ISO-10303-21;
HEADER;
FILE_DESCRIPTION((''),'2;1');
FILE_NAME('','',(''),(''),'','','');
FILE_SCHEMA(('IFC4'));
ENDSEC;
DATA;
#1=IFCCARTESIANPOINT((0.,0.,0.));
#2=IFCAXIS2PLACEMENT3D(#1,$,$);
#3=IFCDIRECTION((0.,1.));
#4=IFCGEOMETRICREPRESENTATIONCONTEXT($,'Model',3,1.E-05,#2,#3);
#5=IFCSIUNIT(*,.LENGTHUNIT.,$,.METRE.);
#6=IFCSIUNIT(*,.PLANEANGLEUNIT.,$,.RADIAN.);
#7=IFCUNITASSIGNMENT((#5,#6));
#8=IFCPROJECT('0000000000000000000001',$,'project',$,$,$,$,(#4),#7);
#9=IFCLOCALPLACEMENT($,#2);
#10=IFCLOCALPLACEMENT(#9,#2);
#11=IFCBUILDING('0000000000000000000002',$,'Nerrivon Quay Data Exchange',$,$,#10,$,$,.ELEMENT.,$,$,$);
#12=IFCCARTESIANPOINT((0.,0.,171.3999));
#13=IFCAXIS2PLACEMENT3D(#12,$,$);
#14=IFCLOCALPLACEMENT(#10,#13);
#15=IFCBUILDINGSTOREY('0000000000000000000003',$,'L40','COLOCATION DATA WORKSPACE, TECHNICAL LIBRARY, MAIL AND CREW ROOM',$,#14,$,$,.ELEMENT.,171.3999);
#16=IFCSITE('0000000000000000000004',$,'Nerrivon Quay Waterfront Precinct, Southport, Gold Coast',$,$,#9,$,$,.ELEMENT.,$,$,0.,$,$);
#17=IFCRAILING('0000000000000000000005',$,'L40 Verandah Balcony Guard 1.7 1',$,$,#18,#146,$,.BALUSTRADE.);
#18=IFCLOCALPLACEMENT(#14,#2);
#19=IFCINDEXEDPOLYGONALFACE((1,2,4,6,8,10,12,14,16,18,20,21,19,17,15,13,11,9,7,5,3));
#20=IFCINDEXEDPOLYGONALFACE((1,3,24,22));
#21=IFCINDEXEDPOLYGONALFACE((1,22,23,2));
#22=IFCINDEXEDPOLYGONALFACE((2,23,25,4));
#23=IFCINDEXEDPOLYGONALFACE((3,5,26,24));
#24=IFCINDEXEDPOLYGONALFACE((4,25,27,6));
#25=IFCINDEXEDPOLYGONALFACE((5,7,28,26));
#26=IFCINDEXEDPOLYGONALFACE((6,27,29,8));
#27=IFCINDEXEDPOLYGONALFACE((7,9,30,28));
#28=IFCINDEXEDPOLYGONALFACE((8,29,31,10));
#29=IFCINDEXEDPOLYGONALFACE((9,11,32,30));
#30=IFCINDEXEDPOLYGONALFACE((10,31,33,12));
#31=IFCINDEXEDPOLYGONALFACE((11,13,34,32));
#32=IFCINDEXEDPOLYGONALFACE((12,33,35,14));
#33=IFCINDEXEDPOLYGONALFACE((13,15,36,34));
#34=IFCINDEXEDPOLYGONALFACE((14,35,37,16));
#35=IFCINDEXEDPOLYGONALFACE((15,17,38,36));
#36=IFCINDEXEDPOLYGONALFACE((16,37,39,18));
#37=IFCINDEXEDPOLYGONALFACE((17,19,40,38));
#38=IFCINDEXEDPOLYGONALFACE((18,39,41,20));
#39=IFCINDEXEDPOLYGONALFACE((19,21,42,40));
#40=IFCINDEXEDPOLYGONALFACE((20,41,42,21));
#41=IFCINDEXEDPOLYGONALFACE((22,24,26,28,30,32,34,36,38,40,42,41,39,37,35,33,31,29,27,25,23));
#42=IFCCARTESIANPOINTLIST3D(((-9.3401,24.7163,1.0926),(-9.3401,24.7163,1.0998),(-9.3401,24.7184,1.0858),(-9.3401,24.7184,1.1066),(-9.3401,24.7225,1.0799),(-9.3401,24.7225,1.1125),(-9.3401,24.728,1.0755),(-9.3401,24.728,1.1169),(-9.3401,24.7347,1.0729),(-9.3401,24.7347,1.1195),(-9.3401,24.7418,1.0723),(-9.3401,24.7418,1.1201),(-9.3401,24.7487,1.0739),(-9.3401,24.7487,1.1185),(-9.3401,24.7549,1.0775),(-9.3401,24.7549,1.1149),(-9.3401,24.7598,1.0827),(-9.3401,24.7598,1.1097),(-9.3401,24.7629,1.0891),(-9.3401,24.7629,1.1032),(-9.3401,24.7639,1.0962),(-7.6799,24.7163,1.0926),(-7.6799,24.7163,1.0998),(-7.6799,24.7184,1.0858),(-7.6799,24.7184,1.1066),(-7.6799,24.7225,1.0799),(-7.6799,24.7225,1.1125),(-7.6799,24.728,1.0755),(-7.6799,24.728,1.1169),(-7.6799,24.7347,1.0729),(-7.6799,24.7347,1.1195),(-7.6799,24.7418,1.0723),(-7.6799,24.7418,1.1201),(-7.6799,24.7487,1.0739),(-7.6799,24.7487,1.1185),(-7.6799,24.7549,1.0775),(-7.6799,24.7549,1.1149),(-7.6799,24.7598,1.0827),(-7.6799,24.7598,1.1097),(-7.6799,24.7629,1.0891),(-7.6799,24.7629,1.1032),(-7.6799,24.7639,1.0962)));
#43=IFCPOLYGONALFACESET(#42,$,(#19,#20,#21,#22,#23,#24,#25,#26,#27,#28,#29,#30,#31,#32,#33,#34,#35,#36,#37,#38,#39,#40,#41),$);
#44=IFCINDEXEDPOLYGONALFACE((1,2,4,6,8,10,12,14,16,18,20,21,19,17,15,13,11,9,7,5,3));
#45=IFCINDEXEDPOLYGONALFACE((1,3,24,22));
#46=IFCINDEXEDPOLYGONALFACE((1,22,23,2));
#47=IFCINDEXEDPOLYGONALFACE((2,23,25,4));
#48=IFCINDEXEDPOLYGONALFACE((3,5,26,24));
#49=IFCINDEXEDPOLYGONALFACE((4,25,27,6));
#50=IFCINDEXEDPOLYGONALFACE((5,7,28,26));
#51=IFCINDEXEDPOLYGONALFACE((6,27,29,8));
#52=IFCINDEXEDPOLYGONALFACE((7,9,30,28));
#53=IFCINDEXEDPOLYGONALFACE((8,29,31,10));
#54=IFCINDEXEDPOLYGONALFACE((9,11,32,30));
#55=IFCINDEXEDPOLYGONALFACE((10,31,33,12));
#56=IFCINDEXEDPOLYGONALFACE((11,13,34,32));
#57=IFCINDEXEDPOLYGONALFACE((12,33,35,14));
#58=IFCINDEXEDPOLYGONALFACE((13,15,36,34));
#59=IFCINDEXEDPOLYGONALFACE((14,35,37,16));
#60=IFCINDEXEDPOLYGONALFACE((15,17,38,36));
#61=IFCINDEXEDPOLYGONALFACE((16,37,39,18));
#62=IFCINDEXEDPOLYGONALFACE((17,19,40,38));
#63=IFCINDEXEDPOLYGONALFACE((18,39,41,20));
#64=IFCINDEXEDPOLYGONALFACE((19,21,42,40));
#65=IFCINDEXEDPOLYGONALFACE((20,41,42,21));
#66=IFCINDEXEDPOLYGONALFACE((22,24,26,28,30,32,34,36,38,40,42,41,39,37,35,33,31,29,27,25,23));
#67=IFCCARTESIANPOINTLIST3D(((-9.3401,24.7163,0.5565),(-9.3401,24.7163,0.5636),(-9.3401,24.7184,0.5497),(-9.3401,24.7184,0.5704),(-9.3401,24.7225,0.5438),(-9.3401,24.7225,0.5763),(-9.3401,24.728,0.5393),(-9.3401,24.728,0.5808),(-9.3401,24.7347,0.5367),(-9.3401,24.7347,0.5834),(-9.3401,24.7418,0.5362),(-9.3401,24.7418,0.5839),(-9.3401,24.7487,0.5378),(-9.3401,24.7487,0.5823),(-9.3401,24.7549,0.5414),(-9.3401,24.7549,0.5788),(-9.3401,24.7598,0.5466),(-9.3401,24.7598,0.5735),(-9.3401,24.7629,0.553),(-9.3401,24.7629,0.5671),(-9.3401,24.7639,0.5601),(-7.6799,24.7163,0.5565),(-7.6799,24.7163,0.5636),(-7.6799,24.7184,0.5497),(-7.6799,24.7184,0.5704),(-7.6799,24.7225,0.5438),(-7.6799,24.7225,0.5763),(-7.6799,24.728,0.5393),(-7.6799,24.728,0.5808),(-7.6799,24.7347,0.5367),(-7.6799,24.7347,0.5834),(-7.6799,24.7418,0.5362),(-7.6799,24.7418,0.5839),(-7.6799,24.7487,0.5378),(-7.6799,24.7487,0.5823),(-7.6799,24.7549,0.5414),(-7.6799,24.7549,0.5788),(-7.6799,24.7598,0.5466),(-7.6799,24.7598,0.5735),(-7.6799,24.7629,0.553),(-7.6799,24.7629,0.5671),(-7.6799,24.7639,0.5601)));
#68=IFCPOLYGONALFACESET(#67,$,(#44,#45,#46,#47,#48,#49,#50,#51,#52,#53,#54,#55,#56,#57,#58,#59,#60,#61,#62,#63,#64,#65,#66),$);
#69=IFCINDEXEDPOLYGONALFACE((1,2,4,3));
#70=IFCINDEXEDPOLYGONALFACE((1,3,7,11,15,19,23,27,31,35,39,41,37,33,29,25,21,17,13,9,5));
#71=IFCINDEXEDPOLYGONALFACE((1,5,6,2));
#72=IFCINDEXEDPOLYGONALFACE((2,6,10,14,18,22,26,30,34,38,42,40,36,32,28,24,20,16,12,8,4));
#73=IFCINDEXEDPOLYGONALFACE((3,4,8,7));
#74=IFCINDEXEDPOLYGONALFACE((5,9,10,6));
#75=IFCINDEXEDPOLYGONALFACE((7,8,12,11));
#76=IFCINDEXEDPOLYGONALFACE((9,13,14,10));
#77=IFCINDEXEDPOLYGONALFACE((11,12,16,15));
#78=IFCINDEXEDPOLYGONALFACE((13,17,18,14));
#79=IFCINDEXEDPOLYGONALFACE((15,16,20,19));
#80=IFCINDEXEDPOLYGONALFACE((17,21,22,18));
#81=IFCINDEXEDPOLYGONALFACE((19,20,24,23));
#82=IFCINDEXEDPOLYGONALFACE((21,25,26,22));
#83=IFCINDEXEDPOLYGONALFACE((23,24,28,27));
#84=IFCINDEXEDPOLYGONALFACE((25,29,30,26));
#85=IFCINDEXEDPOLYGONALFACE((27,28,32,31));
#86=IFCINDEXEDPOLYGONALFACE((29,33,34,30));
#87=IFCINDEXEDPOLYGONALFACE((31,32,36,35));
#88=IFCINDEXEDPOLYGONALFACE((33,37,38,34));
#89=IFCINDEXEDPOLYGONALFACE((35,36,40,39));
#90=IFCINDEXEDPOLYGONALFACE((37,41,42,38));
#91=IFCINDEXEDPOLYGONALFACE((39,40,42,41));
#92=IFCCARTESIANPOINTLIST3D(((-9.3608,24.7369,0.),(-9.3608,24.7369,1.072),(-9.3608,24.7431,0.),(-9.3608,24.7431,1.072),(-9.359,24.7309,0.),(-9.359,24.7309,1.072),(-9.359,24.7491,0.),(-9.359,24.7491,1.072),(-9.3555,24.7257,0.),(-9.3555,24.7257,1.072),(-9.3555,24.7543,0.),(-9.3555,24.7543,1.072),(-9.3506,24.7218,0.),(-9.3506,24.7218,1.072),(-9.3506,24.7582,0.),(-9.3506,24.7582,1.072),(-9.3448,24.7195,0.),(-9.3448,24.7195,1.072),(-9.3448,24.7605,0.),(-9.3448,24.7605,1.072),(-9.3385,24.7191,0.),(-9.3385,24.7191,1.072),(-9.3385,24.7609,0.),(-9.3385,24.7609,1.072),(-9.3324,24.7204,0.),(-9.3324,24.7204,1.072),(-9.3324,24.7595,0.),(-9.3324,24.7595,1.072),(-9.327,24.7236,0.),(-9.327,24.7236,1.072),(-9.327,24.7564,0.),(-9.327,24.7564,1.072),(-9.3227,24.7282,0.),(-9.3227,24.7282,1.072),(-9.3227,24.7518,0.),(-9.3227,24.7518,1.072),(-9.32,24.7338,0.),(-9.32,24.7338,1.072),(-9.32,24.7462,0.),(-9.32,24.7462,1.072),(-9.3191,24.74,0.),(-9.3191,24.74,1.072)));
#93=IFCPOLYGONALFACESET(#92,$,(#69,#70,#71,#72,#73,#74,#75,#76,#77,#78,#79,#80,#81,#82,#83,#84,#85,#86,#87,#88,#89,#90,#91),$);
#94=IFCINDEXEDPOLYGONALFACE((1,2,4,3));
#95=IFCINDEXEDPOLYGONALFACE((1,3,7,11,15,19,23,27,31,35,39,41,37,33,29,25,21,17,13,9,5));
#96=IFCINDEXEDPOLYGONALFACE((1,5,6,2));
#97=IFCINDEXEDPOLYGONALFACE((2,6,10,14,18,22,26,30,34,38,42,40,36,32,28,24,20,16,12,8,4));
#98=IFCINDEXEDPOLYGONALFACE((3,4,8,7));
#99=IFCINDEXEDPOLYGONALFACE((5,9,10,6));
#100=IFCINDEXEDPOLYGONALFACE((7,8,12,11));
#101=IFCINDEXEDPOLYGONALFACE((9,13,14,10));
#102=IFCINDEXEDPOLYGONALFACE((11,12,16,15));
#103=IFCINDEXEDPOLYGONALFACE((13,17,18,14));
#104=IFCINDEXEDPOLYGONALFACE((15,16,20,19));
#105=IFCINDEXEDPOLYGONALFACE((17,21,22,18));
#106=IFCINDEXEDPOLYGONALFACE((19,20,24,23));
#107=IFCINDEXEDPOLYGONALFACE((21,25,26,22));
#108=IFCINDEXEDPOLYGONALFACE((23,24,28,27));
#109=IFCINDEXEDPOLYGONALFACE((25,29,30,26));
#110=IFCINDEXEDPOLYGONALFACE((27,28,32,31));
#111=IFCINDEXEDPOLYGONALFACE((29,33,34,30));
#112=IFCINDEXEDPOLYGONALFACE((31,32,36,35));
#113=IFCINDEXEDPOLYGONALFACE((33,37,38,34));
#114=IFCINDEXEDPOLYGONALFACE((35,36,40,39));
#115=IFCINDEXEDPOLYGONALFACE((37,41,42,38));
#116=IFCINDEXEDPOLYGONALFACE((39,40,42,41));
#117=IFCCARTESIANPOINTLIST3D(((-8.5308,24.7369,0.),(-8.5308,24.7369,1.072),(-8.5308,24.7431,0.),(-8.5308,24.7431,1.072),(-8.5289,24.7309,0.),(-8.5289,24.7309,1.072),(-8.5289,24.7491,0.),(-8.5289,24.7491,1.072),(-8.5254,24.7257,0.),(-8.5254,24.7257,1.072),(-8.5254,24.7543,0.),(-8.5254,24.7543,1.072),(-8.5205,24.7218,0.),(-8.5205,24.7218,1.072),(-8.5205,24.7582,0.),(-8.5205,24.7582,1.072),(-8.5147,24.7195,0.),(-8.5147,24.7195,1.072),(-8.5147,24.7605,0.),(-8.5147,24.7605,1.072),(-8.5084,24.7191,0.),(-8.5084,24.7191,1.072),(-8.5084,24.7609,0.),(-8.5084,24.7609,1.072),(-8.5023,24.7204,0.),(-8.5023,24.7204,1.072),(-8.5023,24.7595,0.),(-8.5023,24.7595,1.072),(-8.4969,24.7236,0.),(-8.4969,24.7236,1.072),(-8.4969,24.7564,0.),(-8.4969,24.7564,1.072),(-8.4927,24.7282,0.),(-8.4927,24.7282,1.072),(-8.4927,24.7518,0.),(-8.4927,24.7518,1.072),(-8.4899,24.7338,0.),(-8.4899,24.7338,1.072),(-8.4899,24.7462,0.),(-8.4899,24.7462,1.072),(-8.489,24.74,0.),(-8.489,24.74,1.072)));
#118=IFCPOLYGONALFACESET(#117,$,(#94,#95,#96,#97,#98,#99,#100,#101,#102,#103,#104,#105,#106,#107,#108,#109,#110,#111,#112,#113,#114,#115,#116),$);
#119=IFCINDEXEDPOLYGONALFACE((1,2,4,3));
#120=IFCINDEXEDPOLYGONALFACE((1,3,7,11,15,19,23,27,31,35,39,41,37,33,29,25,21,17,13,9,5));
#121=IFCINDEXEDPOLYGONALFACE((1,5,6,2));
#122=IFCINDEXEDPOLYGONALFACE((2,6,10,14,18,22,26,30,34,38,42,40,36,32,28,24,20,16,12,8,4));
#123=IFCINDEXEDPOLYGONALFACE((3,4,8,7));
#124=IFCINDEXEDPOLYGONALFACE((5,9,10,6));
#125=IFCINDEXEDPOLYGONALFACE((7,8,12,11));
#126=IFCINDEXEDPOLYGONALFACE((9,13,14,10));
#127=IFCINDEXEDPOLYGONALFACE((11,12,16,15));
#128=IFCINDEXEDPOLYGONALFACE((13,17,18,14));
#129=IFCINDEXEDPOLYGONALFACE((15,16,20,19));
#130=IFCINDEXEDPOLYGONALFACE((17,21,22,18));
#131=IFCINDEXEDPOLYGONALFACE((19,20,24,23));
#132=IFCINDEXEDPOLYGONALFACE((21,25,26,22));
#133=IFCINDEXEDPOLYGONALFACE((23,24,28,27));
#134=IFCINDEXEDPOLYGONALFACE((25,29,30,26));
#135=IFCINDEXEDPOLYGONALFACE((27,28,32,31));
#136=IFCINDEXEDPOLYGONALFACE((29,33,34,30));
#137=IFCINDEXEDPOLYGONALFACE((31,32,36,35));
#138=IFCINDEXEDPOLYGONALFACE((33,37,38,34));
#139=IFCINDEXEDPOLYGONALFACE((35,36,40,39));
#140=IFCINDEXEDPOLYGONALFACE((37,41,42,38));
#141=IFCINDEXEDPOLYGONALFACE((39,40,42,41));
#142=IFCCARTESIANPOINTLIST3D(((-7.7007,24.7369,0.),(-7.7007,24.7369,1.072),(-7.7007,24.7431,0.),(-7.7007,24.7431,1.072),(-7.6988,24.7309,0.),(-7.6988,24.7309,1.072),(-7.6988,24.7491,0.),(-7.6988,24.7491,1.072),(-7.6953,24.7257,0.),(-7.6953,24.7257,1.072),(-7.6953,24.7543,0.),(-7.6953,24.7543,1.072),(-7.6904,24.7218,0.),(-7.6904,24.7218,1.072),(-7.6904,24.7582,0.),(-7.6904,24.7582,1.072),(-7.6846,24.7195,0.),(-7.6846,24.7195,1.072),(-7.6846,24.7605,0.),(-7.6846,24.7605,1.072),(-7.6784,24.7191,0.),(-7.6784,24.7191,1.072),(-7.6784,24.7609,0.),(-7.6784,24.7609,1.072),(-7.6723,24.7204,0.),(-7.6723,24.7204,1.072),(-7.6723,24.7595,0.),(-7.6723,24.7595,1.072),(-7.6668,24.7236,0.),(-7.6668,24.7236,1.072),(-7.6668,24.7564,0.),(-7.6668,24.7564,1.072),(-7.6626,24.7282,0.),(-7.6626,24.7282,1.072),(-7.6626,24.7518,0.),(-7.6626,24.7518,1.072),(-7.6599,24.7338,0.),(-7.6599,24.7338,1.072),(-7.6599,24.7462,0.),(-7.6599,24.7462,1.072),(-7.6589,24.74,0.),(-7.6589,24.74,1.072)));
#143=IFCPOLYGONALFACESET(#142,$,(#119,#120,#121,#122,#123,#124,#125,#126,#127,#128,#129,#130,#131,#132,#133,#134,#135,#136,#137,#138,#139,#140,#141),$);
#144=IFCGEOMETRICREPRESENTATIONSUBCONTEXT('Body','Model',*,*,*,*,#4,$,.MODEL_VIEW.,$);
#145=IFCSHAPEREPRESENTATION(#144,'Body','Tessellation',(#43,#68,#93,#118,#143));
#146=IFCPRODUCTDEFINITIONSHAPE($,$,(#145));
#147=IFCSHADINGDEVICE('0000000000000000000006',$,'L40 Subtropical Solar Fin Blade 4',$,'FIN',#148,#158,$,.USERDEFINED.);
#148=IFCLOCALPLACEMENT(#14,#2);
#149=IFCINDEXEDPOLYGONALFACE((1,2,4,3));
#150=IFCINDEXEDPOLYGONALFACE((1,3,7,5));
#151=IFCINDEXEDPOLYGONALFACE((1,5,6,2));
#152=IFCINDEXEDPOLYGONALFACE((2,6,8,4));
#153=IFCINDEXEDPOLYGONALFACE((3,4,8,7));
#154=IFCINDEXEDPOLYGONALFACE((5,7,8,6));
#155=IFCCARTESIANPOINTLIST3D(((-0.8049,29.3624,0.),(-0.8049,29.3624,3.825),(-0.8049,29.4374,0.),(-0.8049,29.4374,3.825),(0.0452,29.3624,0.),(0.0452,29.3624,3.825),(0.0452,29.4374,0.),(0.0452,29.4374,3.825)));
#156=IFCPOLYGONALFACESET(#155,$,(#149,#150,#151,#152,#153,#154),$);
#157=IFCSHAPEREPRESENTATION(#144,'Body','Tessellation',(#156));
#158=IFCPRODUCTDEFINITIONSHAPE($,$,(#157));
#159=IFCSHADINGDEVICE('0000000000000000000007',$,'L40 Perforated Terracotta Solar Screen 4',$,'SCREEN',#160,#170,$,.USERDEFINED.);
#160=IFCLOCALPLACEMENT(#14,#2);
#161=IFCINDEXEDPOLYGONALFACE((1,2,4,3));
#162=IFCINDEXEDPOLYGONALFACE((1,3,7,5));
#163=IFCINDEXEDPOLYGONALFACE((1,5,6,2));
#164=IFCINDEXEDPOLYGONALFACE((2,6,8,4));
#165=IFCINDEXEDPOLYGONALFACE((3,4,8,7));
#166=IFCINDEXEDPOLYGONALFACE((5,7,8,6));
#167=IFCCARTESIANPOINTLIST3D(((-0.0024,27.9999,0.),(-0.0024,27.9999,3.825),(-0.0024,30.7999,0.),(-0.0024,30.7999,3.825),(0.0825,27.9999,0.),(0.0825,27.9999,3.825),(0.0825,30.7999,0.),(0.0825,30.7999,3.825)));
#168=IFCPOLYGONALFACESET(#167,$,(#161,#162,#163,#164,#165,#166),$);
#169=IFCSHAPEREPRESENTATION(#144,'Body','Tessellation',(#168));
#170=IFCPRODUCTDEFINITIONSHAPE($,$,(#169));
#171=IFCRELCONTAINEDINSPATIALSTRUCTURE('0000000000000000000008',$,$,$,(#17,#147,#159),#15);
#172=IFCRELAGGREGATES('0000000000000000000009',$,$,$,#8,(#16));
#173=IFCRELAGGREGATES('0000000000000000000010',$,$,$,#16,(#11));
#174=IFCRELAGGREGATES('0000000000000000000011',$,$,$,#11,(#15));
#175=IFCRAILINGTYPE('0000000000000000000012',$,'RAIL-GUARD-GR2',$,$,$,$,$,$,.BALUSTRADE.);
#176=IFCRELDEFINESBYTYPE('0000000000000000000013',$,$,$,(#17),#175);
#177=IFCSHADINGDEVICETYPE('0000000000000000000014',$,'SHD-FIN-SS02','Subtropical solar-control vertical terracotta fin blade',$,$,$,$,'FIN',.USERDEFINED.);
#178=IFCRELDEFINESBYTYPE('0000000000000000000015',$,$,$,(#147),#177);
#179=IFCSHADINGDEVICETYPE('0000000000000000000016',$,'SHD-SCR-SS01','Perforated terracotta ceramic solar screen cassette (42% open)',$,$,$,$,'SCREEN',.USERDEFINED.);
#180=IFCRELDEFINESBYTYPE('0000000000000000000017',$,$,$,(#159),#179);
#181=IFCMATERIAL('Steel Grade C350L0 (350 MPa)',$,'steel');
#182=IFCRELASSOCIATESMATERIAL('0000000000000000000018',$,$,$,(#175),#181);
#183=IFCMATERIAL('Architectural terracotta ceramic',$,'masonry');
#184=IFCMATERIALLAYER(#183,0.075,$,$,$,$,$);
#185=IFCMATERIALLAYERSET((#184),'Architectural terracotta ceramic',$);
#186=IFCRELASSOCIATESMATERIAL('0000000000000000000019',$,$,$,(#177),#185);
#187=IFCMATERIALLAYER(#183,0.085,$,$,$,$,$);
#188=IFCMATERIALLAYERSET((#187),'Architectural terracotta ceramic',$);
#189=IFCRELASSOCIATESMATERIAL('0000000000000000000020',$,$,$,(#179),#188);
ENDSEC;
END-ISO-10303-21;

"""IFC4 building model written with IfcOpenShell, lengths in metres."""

from ifc_helpers import new_model, si_unit, direction, frame, origin, origin_2d, place, context, subcontext, project, spatial, rectangle, circle, extrude, material, layer, layer_set, type_object, element, save


model = new_model("IFC4")

# Units and contexts
model_context = context("Model", 3, precision=1e-05, world=origin(), true_north=direction((0.0, 1.0)))
body_context = subcontext(model_context, "Body", "Model", "MODEL_VIEW")
ifc_project = project(units=[si_unit("LENGTHUNIT", "METRE"), si_unit("PLANEANGLEUNIT", "RADIAN")], contexts=[model_context])

# Site, building, storey
site_placement = place(None, origin())
site = spatial("IfcSite", under=ifc_project, at=site_placement, Name="Nerrivon Quay Waterfront Precinct, Southport, Gold Coast", CompositionType="ELEMENT", RefElevation=0.0)
building_placement = place(site_placement, origin())
building = spatial("IfcBuilding", under=site, at=building_placement, Name="Nerrivon Quay Data Exchange", CompositionType="ELEMENT")
storey_placement = place(building_placement, frame((0.0, 0.0, 171.3999)))
storey = spatial("IfcBuildingStorey", under=building, at=storey_placement, Name="L40", Description="COLOCATION DATA WORKSPACE, TECHNICAL LIBRARY, MAIL AND CREW ROOM", CompositionType="ELEMENT", Elevation=171.3999)

# Shared definitions
ifc_material_1 = material(Name="Steel Grade C350L0 (350 MPa)", Category="steel")

# Shared definitions
ifc_material_2 = material(Name="Architectural terracotta ceramic", Category="masonry")

# Railing
railing_type = type_object("IfcRailingType", Name="RAIL-GUARD-GR2", PredefinedType="BALUSTRADE", material=ifc_material_1)
railing_1_placement = place(storey_placement, frame((-9.3401, 24.74, 0.0)))
element("IfcRailing", 1, at=railing_1_placement, inside=storey, type_object=railing_type, Name="L40 Verandah Balcony Guard 1.7 1", PredefinedType="BALUSTRADE", context=body_context, shape_type="SweptSolid", body=[
    extrude(circle(Radius=0.0239, at=origin_2d()), frame((0.0, 0.0, 1.0962), z_axis=(1.0, 0.0, 0.0), x_axis=(0.0, 1.0, 0.0)), (0.0, 0.0, 1.0), 1.6602),
    extrude(circle(Radius=0.0239, at=origin_2d()), frame((0.0, 0.0, 0.5601), z_axis=(1.0, 0.0, 0.0), x_axis=(0.0, 1.0, 0.0)), (0.0, 0.0, 1.0), 1.6602),
    extrude(circle(Radius=0.021, at=origin_2d()), origin(), (0.0, 0.0, 1.0), 1.072),
    extrude(circle(Radius=0.021, at=origin_2d()), frame((0.8301, 0.0, 0.0)), (0.0, 0.0, 1.0), 1.072),
    extrude(circle(Radius=0.021, at=origin_2d()), frame((1.6602, 0.0, 0.0)), (0.0, 0.0, 1.0), 1.072),
])

# Shading devices
ifc_layer_1 = layer(ifc_material_2, 0.075)
ifc_layer_set_1 = layer_set([ifc_layer_1], Name="Architectural terracotta ceramic")
shading_device_type_1 = type_object("IfcShadingDeviceType", Name="SHD-FIN-SS02", Description="Subtropical solar-control vertical terracotta fin blade", ElementType="FIN", PredefinedType="USERDEFINED", material=ifc_layer_set_1)
shading_device_1_placement = place(storey_placement, frame((-0.3799, 29.3999, 0.0), z_axis=(0.0, 0.0, 1.0), x_axis=(0.0, 1.0, 0.0)))
element("IfcShadingDevice", 2, at=shading_device_1_placement, inside=storey, type_object=shading_device_type_1, Name="L40 Subtropical Solar Fin Blade 4", ObjectType="FIN", PredefinedType="USERDEFINED", context=body_context, shape_type="SweptSolid", body=[
    extrude(rectangle(XDim=0.075, YDim=0.8501, at=origin_2d()), origin(), (0.0, 0.0, 1.0), 3.825),
])
ifc_layer_2 = layer(ifc_material_2, 0.085)
ifc_layer_set_2 = layer_set([ifc_layer_2], Name="Architectural terracotta ceramic")
shading_device_type_2 = type_object("IfcShadingDeviceType", Name="SHD-SCR-SS01", Description="Perforated terracotta ceramic solar screen cassette (42% open)", ElementType="SCREEN", PredefinedType="USERDEFINED", material=ifc_layer_set_2)
shading_device_2_placement = place(storey_placement, frame((0.04, 29.3999, 0.0), z_axis=(0.0, 0.0, 1.0), x_axis=(0.0, 1.0, 0.0)))
element("IfcShadingDevice", 3, at=shading_device_2_placement, inside=storey, type_object=shading_device_type_2, Name="L40 Perforated Terracotta Solar Screen 4", ObjectType="SCREEN", PredefinedType="USERDEFINED", context=body_context, shape_type="SweptSolid", body=[
    extrude(rectangle(XDim=2.8, YDim=0.085, at=origin_2d()), origin(), (0.0, 0.0, 1.0), 3.825),
])

save(model, "model.ifc")
